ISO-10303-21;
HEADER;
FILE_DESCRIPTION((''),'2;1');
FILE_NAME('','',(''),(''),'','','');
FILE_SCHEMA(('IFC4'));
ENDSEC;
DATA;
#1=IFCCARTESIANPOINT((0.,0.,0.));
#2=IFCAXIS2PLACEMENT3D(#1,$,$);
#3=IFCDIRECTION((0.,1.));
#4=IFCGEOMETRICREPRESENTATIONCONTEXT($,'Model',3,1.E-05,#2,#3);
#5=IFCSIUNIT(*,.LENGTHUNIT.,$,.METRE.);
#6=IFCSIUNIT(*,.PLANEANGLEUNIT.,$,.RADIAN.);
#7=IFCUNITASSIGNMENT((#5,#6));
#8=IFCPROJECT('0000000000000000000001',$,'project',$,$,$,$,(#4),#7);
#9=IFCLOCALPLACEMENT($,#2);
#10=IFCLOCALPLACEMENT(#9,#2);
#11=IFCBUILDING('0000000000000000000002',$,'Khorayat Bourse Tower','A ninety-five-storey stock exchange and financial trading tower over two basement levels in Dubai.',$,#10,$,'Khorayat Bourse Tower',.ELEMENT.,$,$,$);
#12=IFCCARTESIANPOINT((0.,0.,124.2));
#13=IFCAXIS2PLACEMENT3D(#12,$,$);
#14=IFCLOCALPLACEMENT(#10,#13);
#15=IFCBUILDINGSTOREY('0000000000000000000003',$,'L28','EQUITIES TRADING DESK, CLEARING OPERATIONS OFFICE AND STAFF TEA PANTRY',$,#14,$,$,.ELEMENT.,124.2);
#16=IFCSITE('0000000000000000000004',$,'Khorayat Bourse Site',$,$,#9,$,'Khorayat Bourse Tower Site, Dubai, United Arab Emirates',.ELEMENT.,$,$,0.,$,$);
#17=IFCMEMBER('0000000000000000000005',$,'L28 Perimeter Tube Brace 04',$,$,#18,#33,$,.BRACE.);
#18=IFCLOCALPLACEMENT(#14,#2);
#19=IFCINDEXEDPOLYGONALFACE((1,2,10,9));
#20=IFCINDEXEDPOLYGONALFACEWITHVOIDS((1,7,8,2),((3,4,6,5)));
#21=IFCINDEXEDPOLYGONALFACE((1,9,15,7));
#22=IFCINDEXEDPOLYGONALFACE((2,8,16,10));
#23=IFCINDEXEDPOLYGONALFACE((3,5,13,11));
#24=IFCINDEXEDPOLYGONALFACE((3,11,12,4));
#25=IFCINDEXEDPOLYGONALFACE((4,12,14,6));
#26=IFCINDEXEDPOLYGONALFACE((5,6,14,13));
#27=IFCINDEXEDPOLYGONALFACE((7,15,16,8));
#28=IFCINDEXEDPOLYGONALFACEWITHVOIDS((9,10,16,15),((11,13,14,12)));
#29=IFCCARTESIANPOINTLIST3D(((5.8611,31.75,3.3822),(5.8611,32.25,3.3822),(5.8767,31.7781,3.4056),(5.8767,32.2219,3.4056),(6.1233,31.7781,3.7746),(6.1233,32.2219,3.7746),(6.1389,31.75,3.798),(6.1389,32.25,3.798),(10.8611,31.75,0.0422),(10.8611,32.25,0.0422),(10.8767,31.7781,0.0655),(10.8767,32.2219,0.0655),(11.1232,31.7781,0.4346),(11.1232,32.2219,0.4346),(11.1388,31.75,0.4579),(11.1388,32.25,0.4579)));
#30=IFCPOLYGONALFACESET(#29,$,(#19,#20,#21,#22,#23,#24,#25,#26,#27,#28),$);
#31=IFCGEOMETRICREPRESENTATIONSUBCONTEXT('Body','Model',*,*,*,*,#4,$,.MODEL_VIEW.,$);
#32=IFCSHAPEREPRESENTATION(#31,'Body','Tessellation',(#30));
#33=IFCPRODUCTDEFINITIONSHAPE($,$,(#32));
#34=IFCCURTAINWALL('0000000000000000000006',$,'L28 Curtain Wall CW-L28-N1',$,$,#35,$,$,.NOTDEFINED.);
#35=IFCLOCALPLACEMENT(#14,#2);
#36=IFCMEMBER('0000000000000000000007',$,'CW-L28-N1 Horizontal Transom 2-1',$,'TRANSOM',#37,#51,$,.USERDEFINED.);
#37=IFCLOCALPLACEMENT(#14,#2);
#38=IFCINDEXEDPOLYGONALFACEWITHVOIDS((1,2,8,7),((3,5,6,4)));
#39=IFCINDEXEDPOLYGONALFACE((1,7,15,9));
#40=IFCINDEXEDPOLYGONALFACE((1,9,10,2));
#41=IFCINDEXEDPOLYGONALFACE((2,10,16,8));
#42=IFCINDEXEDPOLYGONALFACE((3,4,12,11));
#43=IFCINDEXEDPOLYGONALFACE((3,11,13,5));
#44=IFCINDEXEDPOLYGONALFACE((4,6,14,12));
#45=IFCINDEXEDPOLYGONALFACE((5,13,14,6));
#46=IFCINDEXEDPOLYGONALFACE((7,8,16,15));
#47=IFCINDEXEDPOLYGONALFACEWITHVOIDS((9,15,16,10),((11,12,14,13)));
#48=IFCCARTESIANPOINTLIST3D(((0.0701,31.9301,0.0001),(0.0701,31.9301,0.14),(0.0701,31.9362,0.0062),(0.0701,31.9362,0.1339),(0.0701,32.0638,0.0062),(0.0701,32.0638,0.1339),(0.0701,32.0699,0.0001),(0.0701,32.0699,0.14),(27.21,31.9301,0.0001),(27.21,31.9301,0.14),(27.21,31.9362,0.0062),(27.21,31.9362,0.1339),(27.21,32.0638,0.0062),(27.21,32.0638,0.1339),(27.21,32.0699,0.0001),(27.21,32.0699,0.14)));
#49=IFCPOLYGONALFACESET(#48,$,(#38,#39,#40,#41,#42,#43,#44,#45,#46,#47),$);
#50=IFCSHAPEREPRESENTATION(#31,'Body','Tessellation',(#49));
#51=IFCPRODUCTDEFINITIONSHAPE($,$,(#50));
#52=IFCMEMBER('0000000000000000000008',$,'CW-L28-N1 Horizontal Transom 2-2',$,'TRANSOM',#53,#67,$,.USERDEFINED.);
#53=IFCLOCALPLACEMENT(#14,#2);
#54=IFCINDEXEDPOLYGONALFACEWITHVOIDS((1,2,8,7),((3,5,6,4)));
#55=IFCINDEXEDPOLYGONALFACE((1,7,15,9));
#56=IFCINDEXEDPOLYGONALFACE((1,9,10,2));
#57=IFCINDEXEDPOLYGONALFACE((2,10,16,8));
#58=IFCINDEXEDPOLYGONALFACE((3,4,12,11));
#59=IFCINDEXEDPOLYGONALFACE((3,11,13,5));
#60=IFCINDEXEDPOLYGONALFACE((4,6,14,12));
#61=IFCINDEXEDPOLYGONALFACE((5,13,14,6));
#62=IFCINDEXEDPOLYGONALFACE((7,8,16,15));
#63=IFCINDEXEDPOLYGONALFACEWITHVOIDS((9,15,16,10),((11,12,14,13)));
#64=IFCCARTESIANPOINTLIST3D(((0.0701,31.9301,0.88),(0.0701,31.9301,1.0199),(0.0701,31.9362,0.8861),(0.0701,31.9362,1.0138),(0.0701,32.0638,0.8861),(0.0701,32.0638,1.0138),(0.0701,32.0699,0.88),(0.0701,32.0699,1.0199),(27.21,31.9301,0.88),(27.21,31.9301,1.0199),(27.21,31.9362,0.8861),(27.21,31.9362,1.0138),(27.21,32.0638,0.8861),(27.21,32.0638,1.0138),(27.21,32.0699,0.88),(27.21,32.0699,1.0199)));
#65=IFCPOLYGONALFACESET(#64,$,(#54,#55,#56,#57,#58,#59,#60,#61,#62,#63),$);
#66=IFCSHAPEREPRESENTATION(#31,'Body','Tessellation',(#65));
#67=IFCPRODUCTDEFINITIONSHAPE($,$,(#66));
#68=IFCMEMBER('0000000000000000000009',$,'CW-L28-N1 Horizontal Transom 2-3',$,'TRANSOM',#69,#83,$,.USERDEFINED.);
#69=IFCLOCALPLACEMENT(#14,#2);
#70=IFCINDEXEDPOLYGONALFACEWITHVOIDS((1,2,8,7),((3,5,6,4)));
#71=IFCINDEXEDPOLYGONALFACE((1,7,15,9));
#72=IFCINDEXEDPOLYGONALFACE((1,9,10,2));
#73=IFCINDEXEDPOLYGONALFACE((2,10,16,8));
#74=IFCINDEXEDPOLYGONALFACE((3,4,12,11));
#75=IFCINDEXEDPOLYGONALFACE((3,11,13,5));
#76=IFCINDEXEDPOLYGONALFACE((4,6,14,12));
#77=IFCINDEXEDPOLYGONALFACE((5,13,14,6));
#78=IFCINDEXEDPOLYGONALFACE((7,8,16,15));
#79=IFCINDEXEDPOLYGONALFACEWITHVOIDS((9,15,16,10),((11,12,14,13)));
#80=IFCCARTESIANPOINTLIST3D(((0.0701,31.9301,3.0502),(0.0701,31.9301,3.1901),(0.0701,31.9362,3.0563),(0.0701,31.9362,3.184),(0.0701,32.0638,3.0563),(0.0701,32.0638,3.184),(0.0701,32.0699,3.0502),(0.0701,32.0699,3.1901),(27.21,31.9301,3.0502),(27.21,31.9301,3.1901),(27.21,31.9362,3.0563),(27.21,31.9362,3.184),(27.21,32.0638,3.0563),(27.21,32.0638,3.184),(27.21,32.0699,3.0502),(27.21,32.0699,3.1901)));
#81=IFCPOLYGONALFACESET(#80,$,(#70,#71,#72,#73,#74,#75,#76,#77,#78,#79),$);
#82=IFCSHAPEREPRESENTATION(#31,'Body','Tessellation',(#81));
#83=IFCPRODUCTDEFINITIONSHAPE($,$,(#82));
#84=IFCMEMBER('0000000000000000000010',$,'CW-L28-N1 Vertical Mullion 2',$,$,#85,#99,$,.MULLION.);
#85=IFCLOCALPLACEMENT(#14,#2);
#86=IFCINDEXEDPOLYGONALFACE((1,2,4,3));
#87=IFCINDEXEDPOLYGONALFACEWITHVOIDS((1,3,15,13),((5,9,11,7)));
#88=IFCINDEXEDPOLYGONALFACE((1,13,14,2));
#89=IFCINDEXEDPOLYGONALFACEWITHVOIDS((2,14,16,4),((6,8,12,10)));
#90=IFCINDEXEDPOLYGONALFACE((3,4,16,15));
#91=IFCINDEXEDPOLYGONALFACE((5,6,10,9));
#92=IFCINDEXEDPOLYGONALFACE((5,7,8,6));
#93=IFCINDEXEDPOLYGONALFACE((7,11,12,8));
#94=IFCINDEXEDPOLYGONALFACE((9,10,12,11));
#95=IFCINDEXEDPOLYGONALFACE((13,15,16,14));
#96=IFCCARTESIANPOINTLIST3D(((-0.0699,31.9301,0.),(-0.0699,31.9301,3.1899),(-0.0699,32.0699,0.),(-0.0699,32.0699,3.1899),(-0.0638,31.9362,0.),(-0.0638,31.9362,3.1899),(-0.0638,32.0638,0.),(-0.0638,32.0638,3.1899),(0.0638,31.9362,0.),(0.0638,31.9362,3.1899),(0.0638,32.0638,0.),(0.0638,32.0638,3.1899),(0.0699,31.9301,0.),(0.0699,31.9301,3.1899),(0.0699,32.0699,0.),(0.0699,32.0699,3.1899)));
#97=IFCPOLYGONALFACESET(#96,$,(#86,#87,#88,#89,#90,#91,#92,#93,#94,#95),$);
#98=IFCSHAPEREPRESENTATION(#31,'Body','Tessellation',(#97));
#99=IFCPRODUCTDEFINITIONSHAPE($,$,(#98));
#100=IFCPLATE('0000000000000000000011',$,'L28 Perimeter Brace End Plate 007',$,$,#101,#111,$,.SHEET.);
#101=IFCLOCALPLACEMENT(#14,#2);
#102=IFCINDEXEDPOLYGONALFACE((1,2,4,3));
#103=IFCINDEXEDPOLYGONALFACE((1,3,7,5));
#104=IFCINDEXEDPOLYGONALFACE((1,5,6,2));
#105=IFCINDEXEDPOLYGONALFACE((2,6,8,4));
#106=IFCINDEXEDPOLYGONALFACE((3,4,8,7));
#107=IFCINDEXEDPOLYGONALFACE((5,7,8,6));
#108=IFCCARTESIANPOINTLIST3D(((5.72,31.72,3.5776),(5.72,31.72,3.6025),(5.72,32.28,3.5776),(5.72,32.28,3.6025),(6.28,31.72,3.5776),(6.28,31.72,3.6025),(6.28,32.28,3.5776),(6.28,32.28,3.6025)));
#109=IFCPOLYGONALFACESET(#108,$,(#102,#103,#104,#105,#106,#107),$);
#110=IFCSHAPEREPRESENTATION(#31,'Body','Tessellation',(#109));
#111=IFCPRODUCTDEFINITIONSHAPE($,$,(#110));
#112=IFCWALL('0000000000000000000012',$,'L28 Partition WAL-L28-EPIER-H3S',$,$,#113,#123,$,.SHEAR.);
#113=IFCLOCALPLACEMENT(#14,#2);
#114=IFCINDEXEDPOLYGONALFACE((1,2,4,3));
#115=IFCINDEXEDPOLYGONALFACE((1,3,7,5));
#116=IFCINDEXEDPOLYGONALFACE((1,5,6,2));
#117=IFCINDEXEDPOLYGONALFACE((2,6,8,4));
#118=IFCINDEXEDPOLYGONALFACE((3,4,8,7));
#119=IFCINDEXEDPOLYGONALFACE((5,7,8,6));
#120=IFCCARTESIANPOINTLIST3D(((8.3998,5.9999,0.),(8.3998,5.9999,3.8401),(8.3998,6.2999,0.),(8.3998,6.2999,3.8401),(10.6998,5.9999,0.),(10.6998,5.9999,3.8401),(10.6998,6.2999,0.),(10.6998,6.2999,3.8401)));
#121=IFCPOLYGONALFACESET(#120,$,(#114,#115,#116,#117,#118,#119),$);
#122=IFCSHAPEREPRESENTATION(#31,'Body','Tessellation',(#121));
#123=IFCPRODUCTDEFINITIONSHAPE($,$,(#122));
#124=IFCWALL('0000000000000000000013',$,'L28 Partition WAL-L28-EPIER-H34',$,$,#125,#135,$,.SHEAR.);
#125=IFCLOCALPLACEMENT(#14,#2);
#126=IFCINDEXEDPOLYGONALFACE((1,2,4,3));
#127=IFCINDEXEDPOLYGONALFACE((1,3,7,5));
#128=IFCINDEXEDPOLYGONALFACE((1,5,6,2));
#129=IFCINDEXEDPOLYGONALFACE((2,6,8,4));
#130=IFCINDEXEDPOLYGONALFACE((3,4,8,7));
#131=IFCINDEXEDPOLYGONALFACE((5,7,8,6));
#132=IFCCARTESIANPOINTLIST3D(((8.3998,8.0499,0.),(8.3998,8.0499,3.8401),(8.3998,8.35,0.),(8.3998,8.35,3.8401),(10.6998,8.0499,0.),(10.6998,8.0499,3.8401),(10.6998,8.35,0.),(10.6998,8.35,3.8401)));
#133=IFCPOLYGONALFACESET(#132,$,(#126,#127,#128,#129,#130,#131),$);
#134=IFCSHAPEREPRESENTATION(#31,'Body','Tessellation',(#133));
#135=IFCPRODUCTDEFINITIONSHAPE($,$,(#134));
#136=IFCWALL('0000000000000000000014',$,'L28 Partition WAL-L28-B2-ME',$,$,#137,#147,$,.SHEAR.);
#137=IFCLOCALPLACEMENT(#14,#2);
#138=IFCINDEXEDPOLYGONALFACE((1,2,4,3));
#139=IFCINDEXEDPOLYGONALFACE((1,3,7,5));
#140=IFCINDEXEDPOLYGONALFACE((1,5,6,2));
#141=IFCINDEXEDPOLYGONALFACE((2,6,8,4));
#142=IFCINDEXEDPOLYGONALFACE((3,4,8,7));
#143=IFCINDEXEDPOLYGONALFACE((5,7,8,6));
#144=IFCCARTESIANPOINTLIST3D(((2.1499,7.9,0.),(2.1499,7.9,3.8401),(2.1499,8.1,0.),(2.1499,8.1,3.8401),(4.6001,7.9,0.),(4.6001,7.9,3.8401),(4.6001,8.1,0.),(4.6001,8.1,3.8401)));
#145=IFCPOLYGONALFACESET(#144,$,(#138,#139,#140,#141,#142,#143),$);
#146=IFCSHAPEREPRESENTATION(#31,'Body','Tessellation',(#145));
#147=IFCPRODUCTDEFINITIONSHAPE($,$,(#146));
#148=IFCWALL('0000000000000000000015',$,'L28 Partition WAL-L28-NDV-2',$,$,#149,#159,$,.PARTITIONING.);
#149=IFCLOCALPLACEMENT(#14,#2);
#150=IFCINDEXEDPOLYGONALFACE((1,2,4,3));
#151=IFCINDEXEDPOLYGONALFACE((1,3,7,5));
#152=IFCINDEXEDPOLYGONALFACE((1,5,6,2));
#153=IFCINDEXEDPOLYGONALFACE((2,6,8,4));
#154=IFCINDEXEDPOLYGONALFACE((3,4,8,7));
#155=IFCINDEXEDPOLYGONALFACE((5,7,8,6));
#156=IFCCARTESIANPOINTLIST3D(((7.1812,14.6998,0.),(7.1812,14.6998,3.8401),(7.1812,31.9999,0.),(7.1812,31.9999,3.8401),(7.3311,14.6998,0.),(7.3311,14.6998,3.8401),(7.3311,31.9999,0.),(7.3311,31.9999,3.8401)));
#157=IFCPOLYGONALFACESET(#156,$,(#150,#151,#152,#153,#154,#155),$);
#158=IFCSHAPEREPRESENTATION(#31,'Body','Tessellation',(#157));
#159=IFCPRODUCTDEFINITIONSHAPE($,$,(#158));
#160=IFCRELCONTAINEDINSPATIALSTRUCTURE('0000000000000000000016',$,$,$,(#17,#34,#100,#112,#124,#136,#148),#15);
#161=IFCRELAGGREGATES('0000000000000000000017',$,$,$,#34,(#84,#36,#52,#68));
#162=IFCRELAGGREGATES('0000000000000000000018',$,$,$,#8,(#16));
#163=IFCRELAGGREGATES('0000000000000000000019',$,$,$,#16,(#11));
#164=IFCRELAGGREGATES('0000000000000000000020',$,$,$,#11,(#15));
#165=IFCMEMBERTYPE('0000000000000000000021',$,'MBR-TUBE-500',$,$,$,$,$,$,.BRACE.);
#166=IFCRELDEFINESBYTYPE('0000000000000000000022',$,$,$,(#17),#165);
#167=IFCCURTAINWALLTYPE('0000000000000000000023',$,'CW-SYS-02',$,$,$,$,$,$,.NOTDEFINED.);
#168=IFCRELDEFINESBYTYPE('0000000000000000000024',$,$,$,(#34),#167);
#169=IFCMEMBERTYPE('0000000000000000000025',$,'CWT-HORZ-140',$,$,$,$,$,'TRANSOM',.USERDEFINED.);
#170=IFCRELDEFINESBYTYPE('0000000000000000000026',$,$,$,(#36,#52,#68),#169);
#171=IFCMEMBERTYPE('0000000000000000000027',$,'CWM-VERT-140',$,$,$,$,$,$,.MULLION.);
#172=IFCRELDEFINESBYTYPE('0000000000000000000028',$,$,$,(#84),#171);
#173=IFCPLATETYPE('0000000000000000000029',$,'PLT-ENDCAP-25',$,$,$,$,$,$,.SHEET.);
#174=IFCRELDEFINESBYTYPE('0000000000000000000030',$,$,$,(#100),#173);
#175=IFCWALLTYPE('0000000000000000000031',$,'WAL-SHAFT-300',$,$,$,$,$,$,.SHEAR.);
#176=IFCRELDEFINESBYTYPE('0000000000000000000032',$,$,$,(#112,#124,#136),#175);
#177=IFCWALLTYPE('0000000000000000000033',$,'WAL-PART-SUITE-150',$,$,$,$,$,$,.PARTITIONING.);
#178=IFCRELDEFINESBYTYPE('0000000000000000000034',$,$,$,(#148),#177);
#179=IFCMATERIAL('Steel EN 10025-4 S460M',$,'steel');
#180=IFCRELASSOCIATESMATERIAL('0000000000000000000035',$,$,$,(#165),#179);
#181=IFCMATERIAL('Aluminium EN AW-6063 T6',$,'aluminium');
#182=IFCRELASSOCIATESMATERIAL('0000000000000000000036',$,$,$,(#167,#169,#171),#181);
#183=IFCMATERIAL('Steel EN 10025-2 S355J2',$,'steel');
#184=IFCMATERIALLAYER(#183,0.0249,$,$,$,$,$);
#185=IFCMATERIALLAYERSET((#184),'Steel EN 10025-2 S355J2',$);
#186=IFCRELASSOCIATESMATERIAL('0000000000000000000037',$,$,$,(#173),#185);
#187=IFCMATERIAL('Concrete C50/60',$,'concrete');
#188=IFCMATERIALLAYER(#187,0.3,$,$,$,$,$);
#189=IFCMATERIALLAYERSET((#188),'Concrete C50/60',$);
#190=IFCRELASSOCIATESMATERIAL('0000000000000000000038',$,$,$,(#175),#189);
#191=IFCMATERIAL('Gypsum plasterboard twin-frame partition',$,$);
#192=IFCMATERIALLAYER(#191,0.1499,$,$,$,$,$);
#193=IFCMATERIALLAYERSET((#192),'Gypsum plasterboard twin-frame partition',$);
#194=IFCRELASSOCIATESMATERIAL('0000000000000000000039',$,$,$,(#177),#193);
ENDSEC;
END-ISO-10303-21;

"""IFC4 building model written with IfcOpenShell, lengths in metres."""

from ifc_helpers import new_model, si_unit, direction, frame, frame_2d, origin, origin_2d, place, context, subcontext, project, spatial, rectangle, hollow_rectangle, extrude, source, transform, mapped, material, layer, layer_set, material_profile, profile_set, type_object, element, aggregate, save


model = new_model("IFC4")

# Units and contexts
model_context = context("Model", 3, precision=1e-05, world=origin(), true_north=direction((0.0, 1.0)))
body_context = subcontext(model_context, "Body", "Model", "MODEL_VIEW")
ifc_project = project(units=[si_unit("LENGTHUNIT", "METRE"), si_unit("PLANEANGLEUNIT", "RADIAN")], contexts=[model_context])

# Site, building, storey
site_placement = place(None, origin())
site = spatial("IfcSite", under=ifc_project, at=site_placement, Name="Khorayat Bourse Site", LongName="Khorayat Bourse Tower Site, Dubai, United Arab Emirates", CompositionType="ELEMENT", RefElevation=0.0)
building_placement = place(site_placement, origin())
building = spatial("IfcBuilding", under=site, at=building_placement, Name="Khorayat Bourse Tower", Description="A ninety-five-storey stock exchange and financial trading tower over two basement levels in Dubai.", LongName="Khorayat Bourse Tower", CompositionType="ELEMENT")
storey_placement = place(building_placement, frame((0.0, 0.0, 124.2)))
storey = spatial("IfcBuildingStorey", under=building, at=storey_placement, Name="L28", Description="EQUITIES TRADING DESK, CLEARING OPERATIONS OFFICE AND STAFF TEA PANTRY", CompositionType="ELEMENT", Elevation=124.2)

# Shared definitions
ifc_material_1 = material(Name="Steel EN 10025-4 S460M", Category="steel")

# Member
ifc_material_profile_1 = material_profile(ifc_material_1, hollow_rectangle(XDim=0.5, YDim=0.5, WallThickness=0.0281, at=origin_2d()), Name="HSS 500x500x28")
ifc_profile_set_1 = profile_set([ifc_material_profile_1], Name="Steel EN 10025-4 S460M")
member_type_1 = type_object("IfcMemberType", Name="MBR-TUBE-500", PredefinedType="BRACE", material=ifc_profile_set_1)
shared_shape_1 = source(origin(), body_context, "Body", "SweptSolid", [
    extrude(hollow_rectangle(XDim=0.5, YDim=0.5, WallThickness=0.0281, at=origin_2d()), origin(), (0.0, 0.0, 1.0), 6.0129),
])
member_1_placement = place(storey_placement, frame((6.0, 32.0, 3.5901), z_axis=(0.831531, 0.0, -0.555478), x_axis=(0.0, 1.0, 0.0)))
element("IfcMember", 1, at=member_1_placement, inside=storey, type_object=member_type_1, Name="L28 Perimeter Tube Brace 04", PredefinedType="BRACE", context=body_context, shape_type="MappedRepresentation", body=[
    mapped(shared_shape_1, transform((0.0, 0.0, 0.0), scale=1.0)),
])

# Curtain wall, members
ifc_material_2 = material(Name="Aluminium EN AW-6063 T6", Category="aluminium")
curtain_wall_type = type_object("IfcCurtainWallType", Name="CW-SYS-02", PredefinedType="NOTDEFINED", material=ifc_material_2)
curtain_wall_placement = place(storey_placement, origin())
curtain_wall = element("IfcCurtainWall", 2, at=curtain_wall_placement, inside=storey, type_object=curtain_wall_type, Name="L28 Curtain Wall CW-L28-N1", PredefinedType="NOTDEFINED")
ifc_material_profile_2 = material_profile(ifc_material_2, hollow_rectangle(XDim=0.1399, YDim=0.1399, WallThickness=0.0061, at=origin_2d()), Name="ALU 140x140x6")
ifc_profile_set_2 = profile_set([ifc_material_profile_2], Name="Aluminium EN AW-6063 T6")
member_type_2 = type_object("IfcMemberType", Name="CWT-HORZ-140", ElementType="TRANSOM", PredefinedType="USERDEFINED", material=ifc_profile_set_2)
shared_shape_2 = source(origin(), body_context, "Body", "SweptSolid", [
    extrude(hollow_rectangle(XDim=0.1399, YDim=0.1399, WallThickness=0.0061, at=origin_2d()), origin(), (0.0, 0.0, 1.0), 27.1399),
])
member_2_placement = place(storey_placement, frame((0.0701, 32.0, 0.0701), z_axis=(1.0, 0.0, 0.0), x_axis=(0.0, 1.0, 0.0)))
member_2 = element("IfcMember", 3, at=member_2_placement, type_object=member_type_2, Name="CW-L28-N1 Horizontal Transom 2-1", ObjectType="TRANSOM", PredefinedType="USERDEFINED", context=body_context, shape_type="MappedRepresentation", body=[
    mapped(shared_shape_2, transform((0.0, 0.0, 0.0), scale=1.0)),
])
member_3_placement = place(storey_placement, frame((0.0701, 32.0, 0.95), z_axis=(1.0, 0.0, 0.0), x_axis=(0.0, 1.0, 0.0)))
member_3 = element("IfcMember", 4, at=member_3_placement, type_object=member_type_2, Name="CW-L28-N1 Horizontal Transom 2-2", ObjectType="TRANSOM", PredefinedType="USERDEFINED", context=body_context, shape_type="MappedRepresentation", body=[
    mapped(shared_shape_2, transform((0.0, 0.0, 0.0), scale=1.0)),
])
member_4_placement = place(storey_placement, frame((0.0701, 32.0, 3.1201), z_axis=(1.0, 0.0, 0.0), x_axis=(0.0, 1.0, 0.0)))
member_4 = element("IfcMember", 5, at=member_4_placement, type_object=member_type_2, Name="CW-L28-N1 Horizontal Transom 2-3", ObjectType="TRANSOM", PredefinedType="USERDEFINED", context=body_context, shape_type="MappedRepresentation", body=[
    mapped(shared_shape_2, transform((0.0, 0.0, 0.0), scale=1.0)),
])
ifc_material_profile_3 = material_profile(ifc_material_2, hollow_rectangle(XDim=0.1399, YDim=0.1399, WallThickness=0.0061, at=origin_2d()), Name="ALU 140x140x6")
ifc_profile_set_3 = profile_set([ifc_material_profile_3], Name="Aluminium EN AW-6063 T6")
member_type_3 = type_object("IfcMemberType", Name="CWM-VERT-140", PredefinedType="MULLION", material=ifc_profile_set_3)
shared_shape_3 = source(origin(), body_context, "Body", "SweptSolid", [
    extrude(hollow_rectangle(XDim=0.1399, YDim=0.1399, WallThickness=0.0061, at=origin_2d()), origin(), (0.0, 0.0, 1.0), 3.1899),
])
member_5_placement = place(storey_placement, frame((0.0, 32.0, 0.0), z_axis=(0.0, 0.0, 1.0), x_axis=(0.0, 1.0, 0.0)))
member_5 = element("IfcMember", 6, at=member_5_placement, type_object=member_type_3, Name="CW-L28-N1 Vertical Mullion 2", PredefinedType="MULLION", context=body_context, shape_type="MappedRepresentation", body=[
    mapped(shared_shape_3, transform((0.0, 0.0, 0.0), scale=1.0)),
])
aggregate(curtain_wall, [member_5, member_2, member_3, member_4])

# Plate
ifc_material_3 = material(Name="Steel EN 10025-2 S355J2", Category="steel")
ifc_layer_1 = layer(ifc_material_3, 0.0249)
ifc_layer_set_1 = layer_set([ifc_layer_1], Name="Steel EN 10025-2 S355J2")
plate_type = type_object("IfcPlateType", Name="PLT-ENDCAP-25", PredefinedType="SHEET", material=ifc_layer_set_1)
shared_shape_4 = source(origin(), body_context, "Body", "SweptSolid", [
    extrude(rectangle(XDim=0.5601, YDim=0.5601, at=origin_2d()), origin(), (0.0, 0.0, 1.0), 0.0249),
])
plate_placement = place(storey_placement, frame((6.0, 32.0, 3.5776), z_axis=(0.0, 0.0, 1.0), x_axis=(1.0, 0.0, 0.0)))
element("IfcPlate", 7, at=plate_placement, inside=storey, type_object=plate_type, Name="L28 Perimeter Brace End Plate 007", PredefinedType="SHEET", context=body_context, shape_type="MappedRepresentation", body=[
    mapped(shared_shape_4, transform((0.0, 0.0, 0.0), scale=1.0)),
])

# Walls
ifc_material_4 = material(Name="Concrete C50/60", Category="concrete")
ifc_layer_2 = layer(ifc_material_4, 0.3)
ifc_layer_set_2 = layer_set([ifc_layer_2], Name="Concrete C50/60")
wall_type_1 = type_object("IfcWallType", Name="WAL-SHAFT-300", PredefinedType="SHEAR", material=ifc_layer_set_2)
shared_shape_5 = source(origin(), body_context, "Body", "SweptSolid", [
    extrude(rectangle(XDim=2.3, YDim=0.3, at=frame_2d((1.1499, 0.0))), origin(), (0.0, 0.0, 1.0), 3.8401),
])
for number, where, z_axis, x_axis, name in (
    (8, (8.3999, 6.1499, 0.0), (0.0, 0.0, 1.0), (1.0, 0.0, 0.0), "L28 Partition WAL-L28-EPIER-H3S"),
    (9, (8.3999, 8.2, 0.0), (0.0, 0.0, 1.0), (1.0, 0.0, 0.0), "L28 Partition WAL-L28-EPIER-H34"),
):
    element("IfcWall", number, at=place(storey_placement, frame(where, z_axis=z_axis, x_axis=x_axis)), inside=storey, type_object=wall_type_1, Name=name, PredefinedType="SHEAR", context=body_context, shape_type="MappedRepresentation", body=[
        mapped(shared_shape_5, transform((0.0, 0.0, 0.0), scale=1.0)),
    ])
shared_shape_6 = source(origin(), body_context, "Body", "SweptSolid", [
    extrude(rectangle(XDim=2.4502, YDim=0.2, at=frame_2d((1.2251, 0.0))), origin(), (0.0, 0.0, 1.0), 3.8401),
])
wall_1_placement = place(storey_placement, frame((2.1499, 8.0, 0.0), z_axis=(0.0, 0.0, 1.0), x_axis=(1.0, 0.0, 0.0)))
element("IfcWall", 10, at=wall_1_placement, inside=storey, type_object=wall_type_1, Name="L28 Partition WAL-L28-B2-ME", PredefinedType="SHEAR", context=body_context, shape_type="MappedRepresentation", body=[
    mapped(shared_shape_6, transform((0.0, 0.0, 0.0), scale=1.0)),
])
ifc_material_5 = material(Name="Gypsum plasterboard twin-frame partition")
ifc_layer_3 = layer(ifc_material_5, 0.1499)
ifc_layer_set_3 = layer_set([ifc_layer_3], Name="Gypsum plasterboard twin-frame partition")
wall_type_2 = type_object("IfcWallType", Name="WAL-PART-SUITE-150", PredefinedType="PARTITIONING", material=ifc_layer_set_3)
shared_shape_7 = source(origin(), body_context, "Body", "SweptSolid", [
    extrude(rectangle(XDim=17.3, YDim=0.1499, at=frame_2d((8.6499, 0.0))), origin(), (0.0, 0.0, 1.0), 3.8401),
])
wall_2_placement = place(storey_placement, frame((7.2561, 14.7, 0.0), z_axis=(0.0, 0.0, 1.0), x_axis=(0.0, 1.0, 0.0)))
element("IfcWall", 11, at=wall_2_placement, inside=storey, type_object=wall_type_2, Name="L28 Partition WAL-L28-NDV-2", PredefinedType="PARTITIONING", context=body_context, shape_type="MappedRepresentation", body=[
    mapped(shared_shape_7, transform((0.0, 0.0, 0.0), scale=1.0)),
])

save(model, "model.ifc")
